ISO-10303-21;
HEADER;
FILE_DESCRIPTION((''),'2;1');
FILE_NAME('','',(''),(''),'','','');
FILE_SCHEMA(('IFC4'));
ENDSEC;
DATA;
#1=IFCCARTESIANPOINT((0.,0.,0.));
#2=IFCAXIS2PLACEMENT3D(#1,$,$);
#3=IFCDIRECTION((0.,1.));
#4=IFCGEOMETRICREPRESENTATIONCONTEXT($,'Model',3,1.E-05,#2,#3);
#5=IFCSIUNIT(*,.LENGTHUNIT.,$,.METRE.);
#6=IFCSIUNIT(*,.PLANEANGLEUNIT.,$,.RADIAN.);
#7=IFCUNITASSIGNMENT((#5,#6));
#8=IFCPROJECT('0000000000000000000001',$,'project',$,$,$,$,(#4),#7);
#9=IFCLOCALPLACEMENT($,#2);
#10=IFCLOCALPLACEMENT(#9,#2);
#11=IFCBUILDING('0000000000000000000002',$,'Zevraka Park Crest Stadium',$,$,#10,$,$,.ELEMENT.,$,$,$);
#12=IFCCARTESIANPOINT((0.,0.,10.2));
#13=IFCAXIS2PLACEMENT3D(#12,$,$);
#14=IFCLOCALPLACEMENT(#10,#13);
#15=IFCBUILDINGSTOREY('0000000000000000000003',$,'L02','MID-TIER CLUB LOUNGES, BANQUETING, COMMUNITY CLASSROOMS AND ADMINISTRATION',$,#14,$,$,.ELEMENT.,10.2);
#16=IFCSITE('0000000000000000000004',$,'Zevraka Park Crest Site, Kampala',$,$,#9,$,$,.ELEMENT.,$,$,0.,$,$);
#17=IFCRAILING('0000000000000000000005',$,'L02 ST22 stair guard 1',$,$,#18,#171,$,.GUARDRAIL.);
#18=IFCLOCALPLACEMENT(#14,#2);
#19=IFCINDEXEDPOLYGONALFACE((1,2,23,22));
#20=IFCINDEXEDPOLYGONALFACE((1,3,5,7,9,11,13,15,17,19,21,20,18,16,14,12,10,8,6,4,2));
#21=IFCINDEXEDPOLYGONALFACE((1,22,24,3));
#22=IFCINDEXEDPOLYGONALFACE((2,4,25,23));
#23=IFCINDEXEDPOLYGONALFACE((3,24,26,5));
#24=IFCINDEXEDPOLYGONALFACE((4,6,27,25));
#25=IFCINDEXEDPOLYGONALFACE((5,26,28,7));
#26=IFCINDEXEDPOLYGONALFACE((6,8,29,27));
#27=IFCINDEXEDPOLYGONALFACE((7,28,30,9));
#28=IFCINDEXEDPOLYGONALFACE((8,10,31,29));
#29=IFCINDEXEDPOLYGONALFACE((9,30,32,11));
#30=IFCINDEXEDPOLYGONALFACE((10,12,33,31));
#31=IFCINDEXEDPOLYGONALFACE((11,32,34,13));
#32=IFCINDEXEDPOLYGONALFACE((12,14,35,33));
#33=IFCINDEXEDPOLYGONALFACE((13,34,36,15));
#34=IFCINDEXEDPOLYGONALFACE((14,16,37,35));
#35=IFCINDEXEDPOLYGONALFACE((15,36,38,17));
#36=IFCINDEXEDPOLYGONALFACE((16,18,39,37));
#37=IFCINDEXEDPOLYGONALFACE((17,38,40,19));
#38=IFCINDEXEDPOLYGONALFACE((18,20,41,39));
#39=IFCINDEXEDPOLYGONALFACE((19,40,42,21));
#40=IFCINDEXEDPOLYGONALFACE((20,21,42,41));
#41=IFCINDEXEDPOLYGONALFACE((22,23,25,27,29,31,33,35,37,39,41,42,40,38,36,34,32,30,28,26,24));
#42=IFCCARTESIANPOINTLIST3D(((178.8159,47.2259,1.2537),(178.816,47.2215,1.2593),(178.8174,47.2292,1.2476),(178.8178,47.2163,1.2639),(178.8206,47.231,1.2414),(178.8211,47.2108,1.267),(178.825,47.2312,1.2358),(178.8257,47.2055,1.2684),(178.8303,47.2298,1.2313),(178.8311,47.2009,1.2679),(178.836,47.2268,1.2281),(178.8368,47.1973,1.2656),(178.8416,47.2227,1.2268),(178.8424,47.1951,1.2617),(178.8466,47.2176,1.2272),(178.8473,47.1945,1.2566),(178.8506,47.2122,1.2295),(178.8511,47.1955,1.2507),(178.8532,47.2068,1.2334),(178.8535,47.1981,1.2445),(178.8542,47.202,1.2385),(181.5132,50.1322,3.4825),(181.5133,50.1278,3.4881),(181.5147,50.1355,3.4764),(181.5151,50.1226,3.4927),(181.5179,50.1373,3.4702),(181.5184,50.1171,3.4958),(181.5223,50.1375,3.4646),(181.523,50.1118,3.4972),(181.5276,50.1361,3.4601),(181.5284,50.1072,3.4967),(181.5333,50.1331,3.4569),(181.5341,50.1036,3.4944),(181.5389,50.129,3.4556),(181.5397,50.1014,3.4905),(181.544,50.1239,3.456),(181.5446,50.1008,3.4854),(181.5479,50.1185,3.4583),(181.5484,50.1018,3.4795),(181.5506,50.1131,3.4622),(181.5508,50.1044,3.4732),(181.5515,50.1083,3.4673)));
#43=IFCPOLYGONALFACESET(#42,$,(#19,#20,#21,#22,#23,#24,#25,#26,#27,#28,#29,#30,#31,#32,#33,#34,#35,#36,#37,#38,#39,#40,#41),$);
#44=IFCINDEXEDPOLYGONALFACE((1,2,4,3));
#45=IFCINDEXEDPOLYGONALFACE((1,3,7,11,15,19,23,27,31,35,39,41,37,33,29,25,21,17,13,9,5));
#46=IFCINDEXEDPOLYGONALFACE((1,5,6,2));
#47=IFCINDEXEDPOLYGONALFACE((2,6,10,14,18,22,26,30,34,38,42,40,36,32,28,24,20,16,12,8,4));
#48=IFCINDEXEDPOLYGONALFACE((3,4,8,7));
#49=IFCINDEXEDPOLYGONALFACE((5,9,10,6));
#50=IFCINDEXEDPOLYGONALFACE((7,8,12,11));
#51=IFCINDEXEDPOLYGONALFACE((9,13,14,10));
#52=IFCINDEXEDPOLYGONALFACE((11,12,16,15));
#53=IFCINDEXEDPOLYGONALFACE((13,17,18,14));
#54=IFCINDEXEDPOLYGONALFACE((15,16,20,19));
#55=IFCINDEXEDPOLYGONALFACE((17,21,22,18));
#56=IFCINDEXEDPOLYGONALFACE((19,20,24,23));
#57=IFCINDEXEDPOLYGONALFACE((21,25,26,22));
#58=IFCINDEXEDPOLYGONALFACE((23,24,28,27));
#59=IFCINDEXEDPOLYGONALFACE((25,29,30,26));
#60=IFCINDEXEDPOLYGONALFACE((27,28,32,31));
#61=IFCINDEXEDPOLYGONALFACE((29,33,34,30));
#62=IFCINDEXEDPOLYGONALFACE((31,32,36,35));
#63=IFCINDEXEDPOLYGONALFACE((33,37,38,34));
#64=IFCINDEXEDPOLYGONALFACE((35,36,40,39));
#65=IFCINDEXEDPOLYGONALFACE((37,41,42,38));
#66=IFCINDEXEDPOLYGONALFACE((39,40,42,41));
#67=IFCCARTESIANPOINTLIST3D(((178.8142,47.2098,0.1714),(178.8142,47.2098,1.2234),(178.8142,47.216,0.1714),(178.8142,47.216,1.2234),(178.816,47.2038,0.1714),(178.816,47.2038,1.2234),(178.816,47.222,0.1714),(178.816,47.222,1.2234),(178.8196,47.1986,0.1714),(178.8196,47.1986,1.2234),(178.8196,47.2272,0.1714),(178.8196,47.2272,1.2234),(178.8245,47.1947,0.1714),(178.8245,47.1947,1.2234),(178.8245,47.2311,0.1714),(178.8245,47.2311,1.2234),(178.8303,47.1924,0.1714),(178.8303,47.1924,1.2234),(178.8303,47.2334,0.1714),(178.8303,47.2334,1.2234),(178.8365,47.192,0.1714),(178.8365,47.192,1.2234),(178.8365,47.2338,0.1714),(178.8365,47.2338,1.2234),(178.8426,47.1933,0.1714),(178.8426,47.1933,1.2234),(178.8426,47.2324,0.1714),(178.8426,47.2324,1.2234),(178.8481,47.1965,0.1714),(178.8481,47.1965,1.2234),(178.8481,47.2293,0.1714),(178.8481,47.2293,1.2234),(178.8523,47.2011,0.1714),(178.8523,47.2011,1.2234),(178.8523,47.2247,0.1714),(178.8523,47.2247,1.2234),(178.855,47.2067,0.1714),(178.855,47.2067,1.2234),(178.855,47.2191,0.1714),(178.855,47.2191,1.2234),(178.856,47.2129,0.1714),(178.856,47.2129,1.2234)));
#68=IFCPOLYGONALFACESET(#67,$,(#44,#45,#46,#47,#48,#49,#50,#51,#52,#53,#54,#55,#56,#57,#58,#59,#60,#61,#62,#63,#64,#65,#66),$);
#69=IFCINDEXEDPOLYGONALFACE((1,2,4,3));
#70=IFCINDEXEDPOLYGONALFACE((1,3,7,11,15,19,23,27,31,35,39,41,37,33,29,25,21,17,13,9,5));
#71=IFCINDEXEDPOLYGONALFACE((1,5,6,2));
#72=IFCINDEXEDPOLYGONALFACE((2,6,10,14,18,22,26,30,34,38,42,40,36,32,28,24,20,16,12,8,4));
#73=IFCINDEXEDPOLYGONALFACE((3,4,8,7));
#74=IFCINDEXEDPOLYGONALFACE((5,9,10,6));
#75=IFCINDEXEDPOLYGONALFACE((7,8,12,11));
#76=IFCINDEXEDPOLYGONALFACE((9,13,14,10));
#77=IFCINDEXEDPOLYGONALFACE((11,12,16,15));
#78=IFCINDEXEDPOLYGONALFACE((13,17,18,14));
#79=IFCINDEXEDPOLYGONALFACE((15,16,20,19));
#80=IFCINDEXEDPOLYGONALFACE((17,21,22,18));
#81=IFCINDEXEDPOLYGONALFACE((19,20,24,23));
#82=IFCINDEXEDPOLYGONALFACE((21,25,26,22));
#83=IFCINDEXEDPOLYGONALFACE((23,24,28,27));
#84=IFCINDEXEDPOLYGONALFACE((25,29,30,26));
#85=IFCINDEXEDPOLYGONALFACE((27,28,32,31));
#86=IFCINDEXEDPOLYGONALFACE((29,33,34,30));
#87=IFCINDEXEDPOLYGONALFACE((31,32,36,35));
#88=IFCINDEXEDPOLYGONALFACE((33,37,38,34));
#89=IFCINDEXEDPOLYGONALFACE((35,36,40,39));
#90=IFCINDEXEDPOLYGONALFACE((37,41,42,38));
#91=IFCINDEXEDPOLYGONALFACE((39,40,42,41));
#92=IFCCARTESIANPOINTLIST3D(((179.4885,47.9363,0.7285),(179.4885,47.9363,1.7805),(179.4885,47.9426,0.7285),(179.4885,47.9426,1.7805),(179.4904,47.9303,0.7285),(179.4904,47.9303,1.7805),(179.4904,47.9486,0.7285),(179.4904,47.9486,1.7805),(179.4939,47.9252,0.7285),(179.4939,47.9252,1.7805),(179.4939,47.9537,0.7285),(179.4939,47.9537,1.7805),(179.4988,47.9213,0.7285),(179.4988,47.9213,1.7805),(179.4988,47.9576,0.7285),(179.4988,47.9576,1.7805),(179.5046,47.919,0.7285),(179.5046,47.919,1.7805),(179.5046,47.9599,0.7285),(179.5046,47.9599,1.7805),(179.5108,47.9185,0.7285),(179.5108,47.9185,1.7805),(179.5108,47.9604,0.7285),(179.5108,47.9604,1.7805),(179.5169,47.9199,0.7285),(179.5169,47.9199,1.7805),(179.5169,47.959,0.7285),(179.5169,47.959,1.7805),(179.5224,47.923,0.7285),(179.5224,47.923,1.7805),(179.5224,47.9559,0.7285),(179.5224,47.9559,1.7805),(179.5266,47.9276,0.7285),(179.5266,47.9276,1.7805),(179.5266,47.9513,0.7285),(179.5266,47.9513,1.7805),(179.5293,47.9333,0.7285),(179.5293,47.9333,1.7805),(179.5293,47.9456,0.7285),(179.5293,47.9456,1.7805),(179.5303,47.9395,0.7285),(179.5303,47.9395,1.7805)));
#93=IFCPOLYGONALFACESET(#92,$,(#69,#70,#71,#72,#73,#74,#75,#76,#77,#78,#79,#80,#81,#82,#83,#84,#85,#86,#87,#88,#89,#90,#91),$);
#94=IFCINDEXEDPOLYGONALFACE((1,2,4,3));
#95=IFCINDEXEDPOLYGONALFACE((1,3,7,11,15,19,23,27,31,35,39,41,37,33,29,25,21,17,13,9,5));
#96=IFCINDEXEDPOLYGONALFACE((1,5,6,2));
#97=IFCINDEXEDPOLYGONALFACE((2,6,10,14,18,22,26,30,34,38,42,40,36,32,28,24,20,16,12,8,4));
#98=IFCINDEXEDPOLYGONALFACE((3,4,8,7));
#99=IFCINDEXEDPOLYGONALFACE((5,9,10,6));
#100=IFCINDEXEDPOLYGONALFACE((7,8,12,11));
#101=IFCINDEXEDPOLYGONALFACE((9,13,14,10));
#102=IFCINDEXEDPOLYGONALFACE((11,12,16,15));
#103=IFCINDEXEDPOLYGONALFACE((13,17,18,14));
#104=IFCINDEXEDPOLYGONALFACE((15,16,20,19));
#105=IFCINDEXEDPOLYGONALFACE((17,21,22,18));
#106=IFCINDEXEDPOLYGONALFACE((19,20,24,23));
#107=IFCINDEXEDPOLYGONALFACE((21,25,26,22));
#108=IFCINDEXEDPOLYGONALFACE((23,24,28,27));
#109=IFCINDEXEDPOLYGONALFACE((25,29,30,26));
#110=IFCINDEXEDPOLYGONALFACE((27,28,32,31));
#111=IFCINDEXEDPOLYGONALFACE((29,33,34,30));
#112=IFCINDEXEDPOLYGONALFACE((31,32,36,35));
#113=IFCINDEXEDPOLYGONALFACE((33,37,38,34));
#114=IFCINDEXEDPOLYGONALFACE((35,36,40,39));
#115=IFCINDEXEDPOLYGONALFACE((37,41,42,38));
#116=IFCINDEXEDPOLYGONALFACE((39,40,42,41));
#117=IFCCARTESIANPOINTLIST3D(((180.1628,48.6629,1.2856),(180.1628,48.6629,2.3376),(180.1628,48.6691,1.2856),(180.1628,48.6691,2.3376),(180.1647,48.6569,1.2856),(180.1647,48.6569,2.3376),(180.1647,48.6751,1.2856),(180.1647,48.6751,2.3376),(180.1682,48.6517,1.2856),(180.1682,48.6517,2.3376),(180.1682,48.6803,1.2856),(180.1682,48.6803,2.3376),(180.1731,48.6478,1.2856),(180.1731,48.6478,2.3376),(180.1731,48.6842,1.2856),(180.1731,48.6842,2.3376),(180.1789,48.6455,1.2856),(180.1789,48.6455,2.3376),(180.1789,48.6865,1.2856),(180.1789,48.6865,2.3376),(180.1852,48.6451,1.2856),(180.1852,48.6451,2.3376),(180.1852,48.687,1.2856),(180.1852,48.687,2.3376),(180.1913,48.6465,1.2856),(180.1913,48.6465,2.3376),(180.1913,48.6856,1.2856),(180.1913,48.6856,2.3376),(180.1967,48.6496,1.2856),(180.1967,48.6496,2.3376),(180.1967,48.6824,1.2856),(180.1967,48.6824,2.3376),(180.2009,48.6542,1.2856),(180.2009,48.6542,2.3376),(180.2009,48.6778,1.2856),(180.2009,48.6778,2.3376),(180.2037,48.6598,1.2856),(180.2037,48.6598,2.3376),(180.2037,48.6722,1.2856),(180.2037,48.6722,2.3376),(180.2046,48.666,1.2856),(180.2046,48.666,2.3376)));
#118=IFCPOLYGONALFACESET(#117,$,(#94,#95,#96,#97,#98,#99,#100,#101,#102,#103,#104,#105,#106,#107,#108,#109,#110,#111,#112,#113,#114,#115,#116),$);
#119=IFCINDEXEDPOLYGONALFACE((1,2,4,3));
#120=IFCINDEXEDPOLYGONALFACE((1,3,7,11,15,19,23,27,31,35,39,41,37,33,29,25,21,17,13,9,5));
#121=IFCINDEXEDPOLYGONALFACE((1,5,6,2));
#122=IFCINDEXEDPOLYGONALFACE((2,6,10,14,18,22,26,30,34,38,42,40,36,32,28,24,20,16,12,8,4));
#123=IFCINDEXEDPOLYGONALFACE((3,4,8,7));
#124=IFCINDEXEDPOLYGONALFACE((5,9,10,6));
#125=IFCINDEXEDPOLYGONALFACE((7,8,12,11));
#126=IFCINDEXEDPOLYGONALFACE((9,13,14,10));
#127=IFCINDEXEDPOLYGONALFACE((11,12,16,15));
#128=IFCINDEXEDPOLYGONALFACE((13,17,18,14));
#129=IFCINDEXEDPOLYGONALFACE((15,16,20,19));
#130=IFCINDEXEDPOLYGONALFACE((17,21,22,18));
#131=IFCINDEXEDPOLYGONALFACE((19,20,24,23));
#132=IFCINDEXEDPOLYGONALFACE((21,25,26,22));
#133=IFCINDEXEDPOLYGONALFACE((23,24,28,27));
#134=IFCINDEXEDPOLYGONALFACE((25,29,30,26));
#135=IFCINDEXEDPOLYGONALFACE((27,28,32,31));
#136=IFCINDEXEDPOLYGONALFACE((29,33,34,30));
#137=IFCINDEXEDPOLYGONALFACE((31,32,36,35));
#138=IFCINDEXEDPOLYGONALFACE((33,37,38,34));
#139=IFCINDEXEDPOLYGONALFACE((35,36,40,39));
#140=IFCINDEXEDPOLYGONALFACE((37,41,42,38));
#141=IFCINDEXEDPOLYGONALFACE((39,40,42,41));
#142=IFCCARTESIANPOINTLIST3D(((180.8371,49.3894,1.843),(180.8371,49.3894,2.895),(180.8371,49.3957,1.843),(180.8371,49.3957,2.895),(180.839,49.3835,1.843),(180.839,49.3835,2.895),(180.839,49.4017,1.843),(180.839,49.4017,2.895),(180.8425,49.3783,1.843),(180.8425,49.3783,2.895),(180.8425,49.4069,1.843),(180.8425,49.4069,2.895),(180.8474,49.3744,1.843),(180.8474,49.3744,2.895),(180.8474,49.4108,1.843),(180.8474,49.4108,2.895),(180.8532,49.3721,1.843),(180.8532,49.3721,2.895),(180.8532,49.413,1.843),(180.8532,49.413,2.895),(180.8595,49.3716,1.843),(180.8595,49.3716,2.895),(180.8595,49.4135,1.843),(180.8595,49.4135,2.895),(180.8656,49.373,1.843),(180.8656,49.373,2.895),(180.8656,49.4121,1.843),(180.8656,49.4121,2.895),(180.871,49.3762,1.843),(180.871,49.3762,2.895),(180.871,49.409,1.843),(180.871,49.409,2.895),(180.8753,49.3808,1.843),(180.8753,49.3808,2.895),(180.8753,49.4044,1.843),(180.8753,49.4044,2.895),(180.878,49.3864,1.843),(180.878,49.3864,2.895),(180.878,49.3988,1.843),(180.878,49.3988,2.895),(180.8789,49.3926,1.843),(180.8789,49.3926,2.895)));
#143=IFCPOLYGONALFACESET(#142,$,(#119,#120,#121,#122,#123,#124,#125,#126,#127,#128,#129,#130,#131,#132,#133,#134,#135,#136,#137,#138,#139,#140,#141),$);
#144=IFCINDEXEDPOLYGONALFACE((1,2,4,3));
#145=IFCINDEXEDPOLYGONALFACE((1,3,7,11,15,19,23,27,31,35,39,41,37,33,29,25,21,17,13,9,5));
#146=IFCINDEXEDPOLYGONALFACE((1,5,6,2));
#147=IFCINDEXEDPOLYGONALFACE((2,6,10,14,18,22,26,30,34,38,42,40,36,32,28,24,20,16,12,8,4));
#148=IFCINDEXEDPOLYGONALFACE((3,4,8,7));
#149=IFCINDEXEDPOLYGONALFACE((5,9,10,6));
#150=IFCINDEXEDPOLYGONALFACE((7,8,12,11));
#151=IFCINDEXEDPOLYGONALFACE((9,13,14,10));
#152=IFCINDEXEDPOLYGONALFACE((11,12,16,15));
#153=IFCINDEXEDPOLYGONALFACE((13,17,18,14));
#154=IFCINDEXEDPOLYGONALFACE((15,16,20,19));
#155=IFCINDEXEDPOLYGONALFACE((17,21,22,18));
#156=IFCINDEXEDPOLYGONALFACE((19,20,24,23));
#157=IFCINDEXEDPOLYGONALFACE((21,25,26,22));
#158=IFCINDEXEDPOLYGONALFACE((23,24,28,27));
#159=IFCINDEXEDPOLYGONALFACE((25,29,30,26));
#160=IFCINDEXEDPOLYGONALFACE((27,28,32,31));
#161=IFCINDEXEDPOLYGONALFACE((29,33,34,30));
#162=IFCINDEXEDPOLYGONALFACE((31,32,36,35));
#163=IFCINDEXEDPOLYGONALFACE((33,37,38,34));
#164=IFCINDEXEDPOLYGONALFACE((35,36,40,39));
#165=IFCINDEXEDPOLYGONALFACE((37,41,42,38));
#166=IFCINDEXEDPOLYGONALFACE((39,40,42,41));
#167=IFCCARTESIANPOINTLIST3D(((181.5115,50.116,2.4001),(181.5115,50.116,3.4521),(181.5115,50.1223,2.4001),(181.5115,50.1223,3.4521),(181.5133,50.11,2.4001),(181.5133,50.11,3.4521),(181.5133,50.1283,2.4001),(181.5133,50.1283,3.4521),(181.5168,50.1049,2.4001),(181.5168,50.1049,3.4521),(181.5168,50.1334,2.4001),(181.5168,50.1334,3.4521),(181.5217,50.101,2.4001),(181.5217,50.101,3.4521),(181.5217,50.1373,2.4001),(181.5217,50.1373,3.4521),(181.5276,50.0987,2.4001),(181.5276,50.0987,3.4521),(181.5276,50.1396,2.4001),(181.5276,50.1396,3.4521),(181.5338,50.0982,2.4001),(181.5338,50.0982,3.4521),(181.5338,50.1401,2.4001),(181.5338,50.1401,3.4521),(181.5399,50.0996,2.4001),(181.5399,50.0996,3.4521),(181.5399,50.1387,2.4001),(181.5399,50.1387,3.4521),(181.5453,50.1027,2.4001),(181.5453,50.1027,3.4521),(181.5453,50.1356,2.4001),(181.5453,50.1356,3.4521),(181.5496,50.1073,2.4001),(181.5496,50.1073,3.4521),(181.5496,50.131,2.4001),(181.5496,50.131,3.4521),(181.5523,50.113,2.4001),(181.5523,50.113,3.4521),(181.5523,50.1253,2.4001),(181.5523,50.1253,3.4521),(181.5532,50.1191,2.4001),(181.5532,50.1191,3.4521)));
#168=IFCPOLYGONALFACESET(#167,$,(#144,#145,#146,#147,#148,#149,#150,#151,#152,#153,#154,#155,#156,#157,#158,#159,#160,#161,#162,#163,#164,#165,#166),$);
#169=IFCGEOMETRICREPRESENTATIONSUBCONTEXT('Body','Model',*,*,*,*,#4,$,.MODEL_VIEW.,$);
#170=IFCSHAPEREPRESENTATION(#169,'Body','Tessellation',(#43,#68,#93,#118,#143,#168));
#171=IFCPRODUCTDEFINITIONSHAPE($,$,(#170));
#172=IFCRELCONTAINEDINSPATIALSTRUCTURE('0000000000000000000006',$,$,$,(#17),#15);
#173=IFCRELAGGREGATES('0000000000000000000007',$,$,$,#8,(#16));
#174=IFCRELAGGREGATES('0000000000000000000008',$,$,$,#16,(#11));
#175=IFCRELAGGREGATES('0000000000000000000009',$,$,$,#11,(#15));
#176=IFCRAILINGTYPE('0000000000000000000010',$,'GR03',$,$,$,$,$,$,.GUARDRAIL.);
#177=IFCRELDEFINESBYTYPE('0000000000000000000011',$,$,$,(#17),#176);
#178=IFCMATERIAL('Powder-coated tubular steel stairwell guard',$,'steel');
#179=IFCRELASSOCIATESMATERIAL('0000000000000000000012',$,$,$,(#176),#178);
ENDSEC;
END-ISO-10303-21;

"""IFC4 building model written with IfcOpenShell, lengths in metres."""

from ifc_helpers import new_model, si_unit, direction, frame, origin, origin_2d, place, context, subcontext, project, spatial, circle, extrude, material, type_object, element, save


model = new_model("IFC4")

# Units and contexts
model_context = context("Model", 3, precision=1e-05, world=origin(), true_north=direction((0.0, 1.0)))
body_context = subcontext(model_context, "Body", "Model", "MODEL_VIEW")
ifc_project = project(units=[si_unit("LENGTHUNIT", "METRE"), si_unit("PLANEANGLEUNIT", "RADIAN")], contexts=[model_context])

# Site, building, storey
site_placement = place(None, origin())
site = spatial("IfcSite", under=ifc_project, at=site_placement, Name="Zevraka Park Crest Site, Kampala", CompositionType="ELEMENT", RefElevation=0.0)
building_placement = place(site_placement, origin())
building = spatial("IfcBuilding", under=site, at=building_placement, Name="Zevraka Park Crest Stadium", CompositionType="ELEMENT")
storey_placement = place(building_placement, frame((0.0, 0.0, 10.2)))
storey = spatial("IfcBuildingStorey", under=building, at=storey_placement, Name="L02", Description="MID-TIER CLUB LOUNGES, BANQUETING, COMMUNITY CLASSROOMS AND ADMINISTRATION", CompositionType="ELEMENT", Elevation=10.2)

# Railing
ifc_material_1 = material(Name="Powder-coated tubular steel stairwell guard", Category="steel")
railing_type_1 = type_object("IfcRailingType", Name="GR03", PredefinedType="GUARDRAIL", material=ifc_material_1)
railing_1_placement = place(storey_placement, frame((178.835, 47.2129, 0.1714)))
element("IfcRailing", 1, at=railing_1_placement, inside=storey, type_object=railing_type_1, Name="L02 ST22 stair guard 1", PredefinedType="GUARDRAIL", context=body_context, shape_type="SweptSolid", body=[
    extrude(circle(Radius=0.0239, at=origin_2d()), frame((0.0, 0.0, 1.0762), z_axis=(0.593, 0.638946, 0.489998), x_axis=(-0.732969, 0.680262, 0.0)), (0.0, 0.0, 1.0), 4.5486),
    extrude(circle(Radius=0.021, at=origin_2d()), origin(), (0.0, 0.0, 1.0), 1.052),
    extrude(circle(Radius=0.021, at=origin_2d()), frame((0.6743, 0.7266, 0.5571)), (0.0, 0.0, 1.0), 1.052),
    extrude(circle(Radius=0.021, at=origin_2d()), frame((1.3486, 1.4531, 1.1143)), (0.0, 0.0, 1.0), 1.052),
    extrude(circle(Radius=0.021, at=origin_2d()), frame((2.0229, 2.1797, 1.6716)), (0.0, 0.0, 1.0), 1.052),
    extrude(circle(Radius=0.021, at=origin_2d()), frame((2.6973, 2.9062, 2.2288)), (0.0, 0.0, 1.0), 1.052),
])

save(model, "model.ifc")
